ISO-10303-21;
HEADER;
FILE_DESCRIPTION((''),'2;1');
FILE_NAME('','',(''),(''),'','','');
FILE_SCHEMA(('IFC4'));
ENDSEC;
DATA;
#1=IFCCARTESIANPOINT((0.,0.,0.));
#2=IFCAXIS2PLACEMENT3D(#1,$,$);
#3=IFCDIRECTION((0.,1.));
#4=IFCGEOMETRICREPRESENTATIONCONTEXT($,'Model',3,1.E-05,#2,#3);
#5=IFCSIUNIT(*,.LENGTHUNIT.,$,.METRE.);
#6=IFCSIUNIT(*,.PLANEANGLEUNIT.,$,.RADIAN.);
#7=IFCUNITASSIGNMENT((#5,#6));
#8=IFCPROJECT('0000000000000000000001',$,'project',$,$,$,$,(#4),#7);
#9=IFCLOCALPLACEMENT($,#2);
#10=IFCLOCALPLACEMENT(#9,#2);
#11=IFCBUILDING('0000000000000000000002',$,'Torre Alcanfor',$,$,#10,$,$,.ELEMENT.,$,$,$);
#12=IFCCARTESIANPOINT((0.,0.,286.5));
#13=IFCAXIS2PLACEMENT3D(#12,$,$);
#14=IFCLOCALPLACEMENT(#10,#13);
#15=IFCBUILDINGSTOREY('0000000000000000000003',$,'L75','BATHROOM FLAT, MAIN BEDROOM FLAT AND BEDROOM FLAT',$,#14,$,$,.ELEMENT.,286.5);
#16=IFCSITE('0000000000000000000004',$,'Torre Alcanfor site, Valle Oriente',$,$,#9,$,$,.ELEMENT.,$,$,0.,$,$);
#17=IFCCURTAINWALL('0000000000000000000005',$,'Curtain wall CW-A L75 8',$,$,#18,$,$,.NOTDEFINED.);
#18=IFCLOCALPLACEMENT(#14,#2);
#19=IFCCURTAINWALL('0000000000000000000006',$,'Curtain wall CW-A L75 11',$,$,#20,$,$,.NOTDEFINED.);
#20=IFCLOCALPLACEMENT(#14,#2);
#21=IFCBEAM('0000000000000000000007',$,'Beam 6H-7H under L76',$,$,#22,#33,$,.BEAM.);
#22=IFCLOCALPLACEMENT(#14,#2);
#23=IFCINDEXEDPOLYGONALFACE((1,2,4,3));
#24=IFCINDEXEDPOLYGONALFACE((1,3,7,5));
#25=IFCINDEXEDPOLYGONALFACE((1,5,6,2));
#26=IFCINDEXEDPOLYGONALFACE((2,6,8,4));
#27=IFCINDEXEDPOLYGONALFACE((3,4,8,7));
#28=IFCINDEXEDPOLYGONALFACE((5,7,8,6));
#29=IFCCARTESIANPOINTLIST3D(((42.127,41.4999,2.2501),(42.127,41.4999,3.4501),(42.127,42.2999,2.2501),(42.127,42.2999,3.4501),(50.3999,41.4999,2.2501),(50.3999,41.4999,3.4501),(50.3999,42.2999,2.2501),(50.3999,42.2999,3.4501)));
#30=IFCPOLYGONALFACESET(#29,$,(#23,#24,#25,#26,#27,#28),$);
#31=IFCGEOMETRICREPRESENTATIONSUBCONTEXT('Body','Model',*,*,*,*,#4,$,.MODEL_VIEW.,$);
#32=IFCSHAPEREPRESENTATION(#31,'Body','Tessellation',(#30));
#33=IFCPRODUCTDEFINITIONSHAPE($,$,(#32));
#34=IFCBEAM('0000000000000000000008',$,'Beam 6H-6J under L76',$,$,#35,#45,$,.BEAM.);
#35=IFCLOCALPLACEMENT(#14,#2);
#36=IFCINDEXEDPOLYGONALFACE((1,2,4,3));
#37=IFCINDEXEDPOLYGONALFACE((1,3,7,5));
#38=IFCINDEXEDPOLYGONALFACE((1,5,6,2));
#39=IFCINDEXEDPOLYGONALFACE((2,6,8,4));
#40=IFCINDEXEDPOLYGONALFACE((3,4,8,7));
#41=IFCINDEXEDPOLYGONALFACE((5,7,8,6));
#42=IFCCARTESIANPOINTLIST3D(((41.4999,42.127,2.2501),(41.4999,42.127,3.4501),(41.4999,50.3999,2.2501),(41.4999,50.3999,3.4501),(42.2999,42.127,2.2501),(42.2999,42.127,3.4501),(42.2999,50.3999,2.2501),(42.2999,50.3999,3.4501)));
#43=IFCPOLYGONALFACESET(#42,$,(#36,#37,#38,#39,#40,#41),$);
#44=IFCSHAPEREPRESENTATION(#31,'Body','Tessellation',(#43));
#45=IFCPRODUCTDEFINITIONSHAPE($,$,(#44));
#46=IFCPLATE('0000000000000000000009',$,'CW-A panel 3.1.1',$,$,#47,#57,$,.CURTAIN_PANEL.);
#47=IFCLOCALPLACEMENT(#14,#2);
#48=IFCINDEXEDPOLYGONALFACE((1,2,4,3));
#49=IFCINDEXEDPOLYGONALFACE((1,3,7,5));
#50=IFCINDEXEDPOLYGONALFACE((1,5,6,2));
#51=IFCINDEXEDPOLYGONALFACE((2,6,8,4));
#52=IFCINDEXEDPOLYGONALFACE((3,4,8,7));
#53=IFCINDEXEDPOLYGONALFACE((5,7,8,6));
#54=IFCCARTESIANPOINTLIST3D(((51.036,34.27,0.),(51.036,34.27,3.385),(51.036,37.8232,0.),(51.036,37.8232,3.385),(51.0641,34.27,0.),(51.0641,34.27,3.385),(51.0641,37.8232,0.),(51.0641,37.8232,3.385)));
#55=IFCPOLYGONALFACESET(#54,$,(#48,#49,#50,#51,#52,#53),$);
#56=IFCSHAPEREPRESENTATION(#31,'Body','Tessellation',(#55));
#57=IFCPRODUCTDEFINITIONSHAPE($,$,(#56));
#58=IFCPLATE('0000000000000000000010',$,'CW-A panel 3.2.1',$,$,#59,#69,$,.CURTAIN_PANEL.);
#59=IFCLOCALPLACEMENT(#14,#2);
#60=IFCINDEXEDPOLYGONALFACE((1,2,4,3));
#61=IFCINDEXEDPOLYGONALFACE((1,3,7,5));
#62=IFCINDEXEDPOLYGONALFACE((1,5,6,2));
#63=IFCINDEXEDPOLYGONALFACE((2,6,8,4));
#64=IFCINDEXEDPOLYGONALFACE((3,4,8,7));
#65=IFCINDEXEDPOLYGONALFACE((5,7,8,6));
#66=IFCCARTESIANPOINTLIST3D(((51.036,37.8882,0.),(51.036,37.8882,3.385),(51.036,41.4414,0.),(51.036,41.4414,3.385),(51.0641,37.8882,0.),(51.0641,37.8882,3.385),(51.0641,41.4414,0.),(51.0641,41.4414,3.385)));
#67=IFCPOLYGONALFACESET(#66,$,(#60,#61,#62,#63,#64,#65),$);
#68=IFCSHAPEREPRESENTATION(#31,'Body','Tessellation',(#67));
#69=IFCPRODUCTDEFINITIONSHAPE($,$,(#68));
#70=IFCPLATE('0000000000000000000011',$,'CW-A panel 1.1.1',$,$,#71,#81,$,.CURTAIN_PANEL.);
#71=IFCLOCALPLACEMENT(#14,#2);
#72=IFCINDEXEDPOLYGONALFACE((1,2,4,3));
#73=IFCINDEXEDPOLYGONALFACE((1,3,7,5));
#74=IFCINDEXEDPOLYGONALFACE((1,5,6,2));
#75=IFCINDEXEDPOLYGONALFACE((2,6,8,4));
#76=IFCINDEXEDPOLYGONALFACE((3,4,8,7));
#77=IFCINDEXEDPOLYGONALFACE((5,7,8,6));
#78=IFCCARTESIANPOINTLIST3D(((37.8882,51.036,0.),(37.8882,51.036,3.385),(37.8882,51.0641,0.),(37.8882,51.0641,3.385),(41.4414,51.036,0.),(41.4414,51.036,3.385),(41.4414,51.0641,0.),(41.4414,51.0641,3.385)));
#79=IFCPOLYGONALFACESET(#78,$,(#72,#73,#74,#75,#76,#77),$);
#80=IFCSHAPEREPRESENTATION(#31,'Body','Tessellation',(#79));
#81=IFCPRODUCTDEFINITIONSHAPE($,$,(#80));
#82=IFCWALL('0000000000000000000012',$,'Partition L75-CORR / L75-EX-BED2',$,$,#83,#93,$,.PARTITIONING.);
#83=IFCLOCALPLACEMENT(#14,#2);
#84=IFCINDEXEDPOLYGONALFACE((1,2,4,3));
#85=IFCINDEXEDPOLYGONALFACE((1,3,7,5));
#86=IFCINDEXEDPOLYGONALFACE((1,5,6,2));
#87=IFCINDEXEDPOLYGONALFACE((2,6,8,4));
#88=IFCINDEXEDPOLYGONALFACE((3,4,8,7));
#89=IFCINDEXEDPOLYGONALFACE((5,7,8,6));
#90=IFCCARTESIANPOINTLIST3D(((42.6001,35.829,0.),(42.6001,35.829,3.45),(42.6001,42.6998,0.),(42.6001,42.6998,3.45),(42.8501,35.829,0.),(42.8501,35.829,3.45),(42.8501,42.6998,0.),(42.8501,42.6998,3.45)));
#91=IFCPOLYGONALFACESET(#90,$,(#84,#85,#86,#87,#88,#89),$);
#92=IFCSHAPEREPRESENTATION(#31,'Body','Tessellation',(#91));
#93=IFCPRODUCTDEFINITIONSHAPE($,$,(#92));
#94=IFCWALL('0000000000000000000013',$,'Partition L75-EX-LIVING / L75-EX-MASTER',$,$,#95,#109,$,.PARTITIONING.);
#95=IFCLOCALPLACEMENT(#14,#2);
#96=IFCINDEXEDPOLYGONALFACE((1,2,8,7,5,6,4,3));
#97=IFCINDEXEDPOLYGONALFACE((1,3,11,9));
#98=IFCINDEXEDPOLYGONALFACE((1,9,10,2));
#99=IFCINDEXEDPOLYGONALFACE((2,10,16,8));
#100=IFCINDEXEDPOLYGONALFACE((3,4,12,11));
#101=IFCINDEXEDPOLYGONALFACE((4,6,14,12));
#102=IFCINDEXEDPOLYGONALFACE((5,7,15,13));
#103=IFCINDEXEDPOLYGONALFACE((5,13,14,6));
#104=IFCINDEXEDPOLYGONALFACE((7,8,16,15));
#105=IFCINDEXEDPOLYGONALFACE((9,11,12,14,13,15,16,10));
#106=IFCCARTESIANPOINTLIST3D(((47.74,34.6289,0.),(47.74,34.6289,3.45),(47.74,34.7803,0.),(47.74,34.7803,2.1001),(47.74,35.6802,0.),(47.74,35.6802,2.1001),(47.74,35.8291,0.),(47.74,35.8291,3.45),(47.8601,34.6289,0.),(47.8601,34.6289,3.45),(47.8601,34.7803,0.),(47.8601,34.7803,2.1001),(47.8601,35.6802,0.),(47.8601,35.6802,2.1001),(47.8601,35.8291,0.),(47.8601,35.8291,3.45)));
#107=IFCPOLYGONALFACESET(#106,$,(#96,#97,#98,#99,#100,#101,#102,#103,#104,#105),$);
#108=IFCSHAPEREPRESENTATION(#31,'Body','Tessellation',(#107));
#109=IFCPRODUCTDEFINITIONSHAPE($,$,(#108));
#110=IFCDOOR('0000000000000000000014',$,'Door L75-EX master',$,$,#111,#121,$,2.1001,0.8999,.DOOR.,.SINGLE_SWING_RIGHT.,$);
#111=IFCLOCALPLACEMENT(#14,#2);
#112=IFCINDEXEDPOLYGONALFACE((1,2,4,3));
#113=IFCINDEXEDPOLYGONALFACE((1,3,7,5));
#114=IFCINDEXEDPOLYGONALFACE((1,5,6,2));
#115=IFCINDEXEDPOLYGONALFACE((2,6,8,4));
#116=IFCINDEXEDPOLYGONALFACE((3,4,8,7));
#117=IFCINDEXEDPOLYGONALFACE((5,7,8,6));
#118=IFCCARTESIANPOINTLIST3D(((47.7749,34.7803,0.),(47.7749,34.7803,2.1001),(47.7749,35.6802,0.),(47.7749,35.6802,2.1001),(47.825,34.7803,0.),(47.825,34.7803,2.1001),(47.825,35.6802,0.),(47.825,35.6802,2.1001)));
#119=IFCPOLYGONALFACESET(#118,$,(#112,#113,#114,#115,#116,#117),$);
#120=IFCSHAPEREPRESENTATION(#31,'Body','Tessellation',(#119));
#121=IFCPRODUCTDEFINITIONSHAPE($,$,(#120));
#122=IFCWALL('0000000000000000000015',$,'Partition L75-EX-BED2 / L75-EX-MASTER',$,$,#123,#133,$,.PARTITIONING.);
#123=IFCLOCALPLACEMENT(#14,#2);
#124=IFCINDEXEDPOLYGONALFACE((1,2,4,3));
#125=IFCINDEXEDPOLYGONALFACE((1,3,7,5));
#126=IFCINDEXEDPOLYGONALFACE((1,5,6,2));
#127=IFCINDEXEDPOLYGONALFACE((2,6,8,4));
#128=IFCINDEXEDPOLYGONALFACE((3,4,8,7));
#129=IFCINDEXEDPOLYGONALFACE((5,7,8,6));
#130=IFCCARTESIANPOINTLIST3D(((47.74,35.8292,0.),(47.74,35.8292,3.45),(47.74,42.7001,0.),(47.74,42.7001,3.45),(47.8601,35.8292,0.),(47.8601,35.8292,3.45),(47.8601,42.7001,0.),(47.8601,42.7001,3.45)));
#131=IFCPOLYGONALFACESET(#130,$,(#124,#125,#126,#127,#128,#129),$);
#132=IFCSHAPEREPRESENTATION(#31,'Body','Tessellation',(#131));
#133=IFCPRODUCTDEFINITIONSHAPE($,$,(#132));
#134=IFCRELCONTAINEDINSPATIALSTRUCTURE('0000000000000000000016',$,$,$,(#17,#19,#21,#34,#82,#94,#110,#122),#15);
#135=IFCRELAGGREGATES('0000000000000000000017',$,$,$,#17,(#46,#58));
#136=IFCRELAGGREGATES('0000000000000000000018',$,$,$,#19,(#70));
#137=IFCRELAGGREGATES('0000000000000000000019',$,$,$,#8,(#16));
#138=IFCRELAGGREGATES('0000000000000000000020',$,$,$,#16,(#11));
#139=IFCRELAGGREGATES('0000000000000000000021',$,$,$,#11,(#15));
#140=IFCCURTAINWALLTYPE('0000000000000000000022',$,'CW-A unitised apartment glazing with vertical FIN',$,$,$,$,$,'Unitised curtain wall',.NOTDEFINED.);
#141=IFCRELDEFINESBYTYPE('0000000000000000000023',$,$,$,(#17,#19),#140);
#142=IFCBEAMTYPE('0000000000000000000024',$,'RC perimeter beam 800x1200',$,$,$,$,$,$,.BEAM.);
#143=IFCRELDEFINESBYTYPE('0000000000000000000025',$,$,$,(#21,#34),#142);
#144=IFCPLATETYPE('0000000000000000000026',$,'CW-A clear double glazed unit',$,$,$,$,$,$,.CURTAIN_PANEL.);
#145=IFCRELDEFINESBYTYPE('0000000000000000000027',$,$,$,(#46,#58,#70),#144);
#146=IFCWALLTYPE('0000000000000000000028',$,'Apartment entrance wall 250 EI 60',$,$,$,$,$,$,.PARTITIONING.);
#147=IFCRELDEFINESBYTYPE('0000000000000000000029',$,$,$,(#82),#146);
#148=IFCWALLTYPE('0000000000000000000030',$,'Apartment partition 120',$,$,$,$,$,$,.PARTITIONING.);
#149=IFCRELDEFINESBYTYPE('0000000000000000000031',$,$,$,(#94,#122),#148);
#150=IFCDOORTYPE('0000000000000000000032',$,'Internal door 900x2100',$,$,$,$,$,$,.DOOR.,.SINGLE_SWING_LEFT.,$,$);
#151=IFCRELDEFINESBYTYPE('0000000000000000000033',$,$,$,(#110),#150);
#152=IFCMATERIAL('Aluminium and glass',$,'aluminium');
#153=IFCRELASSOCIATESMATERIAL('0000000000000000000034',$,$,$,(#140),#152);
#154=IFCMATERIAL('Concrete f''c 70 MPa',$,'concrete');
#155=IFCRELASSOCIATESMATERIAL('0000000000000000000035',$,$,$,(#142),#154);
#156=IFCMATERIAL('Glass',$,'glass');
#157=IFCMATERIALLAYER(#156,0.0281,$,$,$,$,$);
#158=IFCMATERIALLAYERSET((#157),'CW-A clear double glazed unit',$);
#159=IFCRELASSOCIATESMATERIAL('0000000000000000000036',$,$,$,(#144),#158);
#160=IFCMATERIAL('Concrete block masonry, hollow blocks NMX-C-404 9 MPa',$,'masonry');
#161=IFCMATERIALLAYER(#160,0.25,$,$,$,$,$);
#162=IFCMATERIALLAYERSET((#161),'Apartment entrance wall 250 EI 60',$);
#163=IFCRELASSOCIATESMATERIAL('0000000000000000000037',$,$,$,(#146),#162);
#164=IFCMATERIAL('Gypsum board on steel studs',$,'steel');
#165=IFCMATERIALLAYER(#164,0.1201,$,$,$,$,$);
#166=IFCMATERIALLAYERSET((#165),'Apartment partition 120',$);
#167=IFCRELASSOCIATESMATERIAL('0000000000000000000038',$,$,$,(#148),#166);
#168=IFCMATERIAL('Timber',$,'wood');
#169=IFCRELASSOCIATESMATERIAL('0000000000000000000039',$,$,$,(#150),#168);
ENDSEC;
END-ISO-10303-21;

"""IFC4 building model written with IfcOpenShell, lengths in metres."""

from ifc_helpers import new_model, si_unit, direction, frame, frame_2d, origin, origin_2d, place, context, subcontext, project, spatial, rectangle, extrude, material, layer, layer_set, material_profile, profile_set, type_object, element, fill, aggregate, save


model = new_model("IFC4")

# Units and contexts
model_context = context("Model", 3, precision=1e-05, world=origin(), true_north=direction((0.0, 1.0)))
body_context = subcontext(model_context, "Body", "Model", "MODEL_VIEW")
ifc_project = project(units=[si_unit("LENGTHUNIT", "METRE"), si_unit("PLANEANGLEUNIT", "RADIAN")], contexts=[model_context])

# Site, building, storey
site_placement = place(None, origin())
site = spatial("IfcSite", under=ifc_project, at=site_placement, Name="Torre Alcanfor site, Valle Oriente", CompositionType="ELEMENT", RefElevation=0.0)
building_placement = place(site_placement, origin())
building = spatial("IfcBuilding", under=site, at=building_placement, Name="Torre Alcanfor", CompositionType="ELEMENT")
storey_placement = place(building_placement, frame((0.0, 0.0, 286.5)))
storey = spatial("IfcBuildingStorey", under=building, at=storey_placement, Name="L75", Description="BATHROOM FLAT, MAIN BEDROOM FLAT AND BEDROOM FLAT", CompositionType="ELEMENT", Elevation=286.5)

# Curtain walls
ifc_material_1 = material(Name="Aluminium and glass", Category="aluminium")
curtain_wall_type = type_object("IfcCurtainWallType", Name="CW-A unitised apartment glazing with vertical FIN", ElementType="Unitised curtain wall", PredefinedType="NOTDEFINED", material=ifc_material_1)
curtain_wall_1_placement = place(storey_placement, origin())
curtain_wall_1 = element("IfcCurtainWall", 1, at=curtain_wall_1_placement, inside=storey, type_object=curtain_wall_type, Name="Curtain wall CW-A L75 8", PredefinedType="NOTDEFINED")
curtain_wall_2_placement = place(storey_placement, origin())
curtain_wall_2 = element("IfcCurtainWall", 2, at=curtain_wall_2_placement, inside=storey, type_object=curtain_wall_type, Name="Curtain wall CW-A L75 11", PredefinedType="NOTDEFINED")

# Beams
ifc_material_2 = material(Name="Concrete f'c 70 MPa", Category="concrete")
ifc_material_profile_1 = material_profile(ifc_material_2, rectangle(XDim=0.8, YDim=1.2, at=origin_2d()), Name="800x1200")
ifc_profile_set_1 = profile_set([ifc_material_profile_1], Name="Concrete f'c 70 MPa")
beam_type = type_object("IfcBeamType", Name="RC perimeter beam 800x1200", PredefinedType="BEAM", material=ifc_profile_set_1)
for number, where, z_axis, x_axis, name in (
    (3, (42.127, 41.8999, 2.8501), (1.0, 0.0, 0.0), (0.0, 1.0, 0.0), "Beam 6H-7H under L76"),
    (4, (41.8999, 42.127, 2.8501), (0.0, 1.0, 0.0), (-1.0, 0.0, 0.0), "Beam 6H-6J under L76"),
):
    element("IfcBeam", number, at=place(storey_placement, frame(where, z_axis=z_axis, x_axis=x_axis)), inside=storey, type_object=beam_type, Name=name, PredefinedType="BEAM", context=body_context, shape_type="SweptSolid", body=[
        extrude(rectangle(XDim=0.8, YDim=1.2, at=origin_2d()), origin(), (0.0, 0.0, 1.0), 8.2729),
    ])

# Plates
ifc_material_3 = material(Name="Glass", Category="glass")
ifc_layer_1 = layer(ifc_material_3, 0.0281)
ifc_layer_set_1 = layer_set([ifc_layer_1], Name="CW-A clear double glazed unit")
plate_type = type_object("IfcPlateType", Name="CW-A clear double glazed unit", PredefinedType="CURTAIN_PANEL", material=ifc_layer_set_1)
plate_1_placement = place(storey_placement, frame((51.05, 36.0466, 0.0), z_axis=(0.0, 0.0, 1.0), x_axis=(0.0, 1.0, 0.0)))
plate_1 = element("IfcPlate", 5, at=plate_1_placement, type_object=plate_type, Name="CW-A panel 3.1.1", PredefinedType="CURTAIN_PANEL", context=body_context, shape_type="SweptSolid", body=[
    extrude(rectangle(XDim=3.5532, YDim=0.0281, at=origin_2d()), origin(), (0.0, 0.0, 1.0), 3.385),
])
plate_2_placement = place(storey_placement, frame((51.05, 39.6648, 0.0), z_axis=(0.0, 0.0, 1.0), x_axis=(0.0, 1.0, 0.0)))
plate_2 = element("IfcPlate", 6, at=plate_2_placement, type_object=plate_type, Name="CW-A panel 3.2.1", PredefinedType="CURTAIN_PANEL", context=body_context, shape_type="SweptSolid", body=[
    extrude(rectangle(XDim=3.5532, YDim=0.0281, at=origin_2d()), origin(), (0.0, 0.0, 1.0), 3.385),
])
aggregate(curtain_wall_1, [plate_1, plate_2])
plate_3_placement = place(storey_placement, frame((39.6648, 51.05, 0.0), z_axis=(0.0, 0.0, 1.0), x_axis=(-1.0, 0.0, 0.0)))
plate_3 = element("IfcPlate", 7, at=plate_3_placement, type_object=plate_type, Name="CW-A panel 1.1.1", PredefinedType="CURTAIN_PANEL", context=body_context, shape_type="SweptSolid", body=[
    extrude(rectangle(XDim=3.5532, YDim=0.0281, at=origin_2d()), origin(), (0.0, 0.0, 1.0), 3.385),
])
aggregate(curtain_wall_2, [plate_3])

# Wall
ifc_material_4 = material(Name="Concrete block masonry, hollow blocks NMX-C-404 9 MPa", Category="masonry")
ifc_layer_2 = layer(ifc_material_4, 0.25)
ifc_layer_set_2 = layer_set([ifc_layer_2], Name="Apartment entrance wall 250 EI 60")
wall_type_1 = type_object("IfcWallType", Name="Apartment entrance wall 250 EI 60", PredefinedType="PARTITIONING", material=ifc_layer_set_2)
wall_1_placement = place(storey_placement, frame((42.7251, 42.7, 0.0), z_axis=(0.0, 0.0, 1.0), x_axis=(0.0, -1.0, 0.0)))
element("IfcWall", 8, at=wall_1_placement, inside=storey, type_object=wall_type_1, Name="Partition L75-CORR / L75-EX-BED2", PredefinedType="PARTITIONING", context=body_context, shape_type="SweptSolid", body=[
    extrude(rectangle(XDim=6.8708, YDim=0.25, at=frame_2d((3.4355, 0.0))), origin(), (0.0, 0.0, 1.0), 3.45),
])

# Wall, opening, door
ifc_material_5 = material(Name="Gypsum board on steel studs", Category="steel")
ifc_layer_3 = layer(ifc_material_5, 0.1201)
ifc_layer_set_3 = layer_set([ifc_layer_3], Name="Apartment partition 120")
wall_type_2 = type_object("IfcWallType", Name="Apartment partition 120", PredefinedType="PARTITIONING", material=ifc_layer_set_3)
wall_2_placement = place(storey_placement, frame((47.8, 35.8291, 0.0), z_axis=(0.0, 0.0, 1.0), x_axis=(0.0, -1.0, 0.0)))
wall_2 = element("IfcWall", 9, at=wall_2_placement, inside=storey, type_object=wall_type_2, Name="Partition L75-EX-LIVING / L75-EX-MASTER", PredefinedType="PARTITIONING", context=body_context, shape_type="SweptSolid", body=[
    extrude(rectangle(XDim=1.2002, YDim=0.1201, at=frame_2d((0.6001, 0.0))), origin(), (0.0, 0.0, 1.0), 3.45),
])
opening_1_placement = place(wall_2_placement, frame((0.1489, 0.0, 0.0)))
opening_1 = element("IfcOpeningElement", 10, at=opening_1_placement, cuts=wall_2, PredefinedType="OPENING", context=body_context, shape_type="SweptSolid", body=[
    extrude(rectangle(XDim=0.8999, YDim=2.1001, at=frame_2d((0.45, 1.05))), frame((0.0, 0.0701, 0.0), z_axis=(0.0, -1.0, 0.0), x_axis=(1.0, 0.0, 0.0)), (0.0, 0.0, 1.0), 0.1401),
])
ifc_material_6 = material(Name="Timber", Category="wood")
door_type_1 = type_object("IfcDoorType", Name="Internal door 900x2100", OperationType="SINGLE_SWING_LEFT", PredefinedType="DOOR", material=ifc_material_6)
door_1_placement = place(opening_1_placement, origin())
door_1 = element("IfcDoor", 11, at=door_1_placement, inside=storey, type_object=door_type_1, Name="Door L75-EX master", OperationType="SINGLE_SWING_RIGHT", OverallHeight=2.1001, OverallWidth=0.8999, PredefinedType="DOOR", context=body_context, shape_type="SweptSolid", body=[
    extrude(rectangle(XDim=0.8999, YDim=2.1001, at=frame_2d((0.45, 1.05))), frame((0.0, 0.0249, 0.0), z_axis=(0.0, -1.0, 0.0), x_axis=(1.0, 0.0, 0.0)), (0.0, 0.0, 1.0), 0.05),
])
fill(opening_1, door_1)

# Wall
wall_3_placement = place(storey_placement, frame((47.8, 35.8291, 0.0), z_axis=(0.0, 0.0, 1.0), x_axis=(0.0, 1.0, 0.0)))
element("IfcWall", 12, at=wall_3_placement, inside=storey, type_object=wall_type_2, Name="Partition L75-EX-BED2 / L75-EX-MASTER", PredefinedType="PARTITIONING", context=body_context, shape_type="SweptSolid", body=[
    extrude(rectangle(XDim=6.8708, YDim=0.1201, at=frame_2d((3.4355, 0.0))), origin(), (0.0, 0.0, 1.0), 3.45),
])

save(model, "model.ifc")
